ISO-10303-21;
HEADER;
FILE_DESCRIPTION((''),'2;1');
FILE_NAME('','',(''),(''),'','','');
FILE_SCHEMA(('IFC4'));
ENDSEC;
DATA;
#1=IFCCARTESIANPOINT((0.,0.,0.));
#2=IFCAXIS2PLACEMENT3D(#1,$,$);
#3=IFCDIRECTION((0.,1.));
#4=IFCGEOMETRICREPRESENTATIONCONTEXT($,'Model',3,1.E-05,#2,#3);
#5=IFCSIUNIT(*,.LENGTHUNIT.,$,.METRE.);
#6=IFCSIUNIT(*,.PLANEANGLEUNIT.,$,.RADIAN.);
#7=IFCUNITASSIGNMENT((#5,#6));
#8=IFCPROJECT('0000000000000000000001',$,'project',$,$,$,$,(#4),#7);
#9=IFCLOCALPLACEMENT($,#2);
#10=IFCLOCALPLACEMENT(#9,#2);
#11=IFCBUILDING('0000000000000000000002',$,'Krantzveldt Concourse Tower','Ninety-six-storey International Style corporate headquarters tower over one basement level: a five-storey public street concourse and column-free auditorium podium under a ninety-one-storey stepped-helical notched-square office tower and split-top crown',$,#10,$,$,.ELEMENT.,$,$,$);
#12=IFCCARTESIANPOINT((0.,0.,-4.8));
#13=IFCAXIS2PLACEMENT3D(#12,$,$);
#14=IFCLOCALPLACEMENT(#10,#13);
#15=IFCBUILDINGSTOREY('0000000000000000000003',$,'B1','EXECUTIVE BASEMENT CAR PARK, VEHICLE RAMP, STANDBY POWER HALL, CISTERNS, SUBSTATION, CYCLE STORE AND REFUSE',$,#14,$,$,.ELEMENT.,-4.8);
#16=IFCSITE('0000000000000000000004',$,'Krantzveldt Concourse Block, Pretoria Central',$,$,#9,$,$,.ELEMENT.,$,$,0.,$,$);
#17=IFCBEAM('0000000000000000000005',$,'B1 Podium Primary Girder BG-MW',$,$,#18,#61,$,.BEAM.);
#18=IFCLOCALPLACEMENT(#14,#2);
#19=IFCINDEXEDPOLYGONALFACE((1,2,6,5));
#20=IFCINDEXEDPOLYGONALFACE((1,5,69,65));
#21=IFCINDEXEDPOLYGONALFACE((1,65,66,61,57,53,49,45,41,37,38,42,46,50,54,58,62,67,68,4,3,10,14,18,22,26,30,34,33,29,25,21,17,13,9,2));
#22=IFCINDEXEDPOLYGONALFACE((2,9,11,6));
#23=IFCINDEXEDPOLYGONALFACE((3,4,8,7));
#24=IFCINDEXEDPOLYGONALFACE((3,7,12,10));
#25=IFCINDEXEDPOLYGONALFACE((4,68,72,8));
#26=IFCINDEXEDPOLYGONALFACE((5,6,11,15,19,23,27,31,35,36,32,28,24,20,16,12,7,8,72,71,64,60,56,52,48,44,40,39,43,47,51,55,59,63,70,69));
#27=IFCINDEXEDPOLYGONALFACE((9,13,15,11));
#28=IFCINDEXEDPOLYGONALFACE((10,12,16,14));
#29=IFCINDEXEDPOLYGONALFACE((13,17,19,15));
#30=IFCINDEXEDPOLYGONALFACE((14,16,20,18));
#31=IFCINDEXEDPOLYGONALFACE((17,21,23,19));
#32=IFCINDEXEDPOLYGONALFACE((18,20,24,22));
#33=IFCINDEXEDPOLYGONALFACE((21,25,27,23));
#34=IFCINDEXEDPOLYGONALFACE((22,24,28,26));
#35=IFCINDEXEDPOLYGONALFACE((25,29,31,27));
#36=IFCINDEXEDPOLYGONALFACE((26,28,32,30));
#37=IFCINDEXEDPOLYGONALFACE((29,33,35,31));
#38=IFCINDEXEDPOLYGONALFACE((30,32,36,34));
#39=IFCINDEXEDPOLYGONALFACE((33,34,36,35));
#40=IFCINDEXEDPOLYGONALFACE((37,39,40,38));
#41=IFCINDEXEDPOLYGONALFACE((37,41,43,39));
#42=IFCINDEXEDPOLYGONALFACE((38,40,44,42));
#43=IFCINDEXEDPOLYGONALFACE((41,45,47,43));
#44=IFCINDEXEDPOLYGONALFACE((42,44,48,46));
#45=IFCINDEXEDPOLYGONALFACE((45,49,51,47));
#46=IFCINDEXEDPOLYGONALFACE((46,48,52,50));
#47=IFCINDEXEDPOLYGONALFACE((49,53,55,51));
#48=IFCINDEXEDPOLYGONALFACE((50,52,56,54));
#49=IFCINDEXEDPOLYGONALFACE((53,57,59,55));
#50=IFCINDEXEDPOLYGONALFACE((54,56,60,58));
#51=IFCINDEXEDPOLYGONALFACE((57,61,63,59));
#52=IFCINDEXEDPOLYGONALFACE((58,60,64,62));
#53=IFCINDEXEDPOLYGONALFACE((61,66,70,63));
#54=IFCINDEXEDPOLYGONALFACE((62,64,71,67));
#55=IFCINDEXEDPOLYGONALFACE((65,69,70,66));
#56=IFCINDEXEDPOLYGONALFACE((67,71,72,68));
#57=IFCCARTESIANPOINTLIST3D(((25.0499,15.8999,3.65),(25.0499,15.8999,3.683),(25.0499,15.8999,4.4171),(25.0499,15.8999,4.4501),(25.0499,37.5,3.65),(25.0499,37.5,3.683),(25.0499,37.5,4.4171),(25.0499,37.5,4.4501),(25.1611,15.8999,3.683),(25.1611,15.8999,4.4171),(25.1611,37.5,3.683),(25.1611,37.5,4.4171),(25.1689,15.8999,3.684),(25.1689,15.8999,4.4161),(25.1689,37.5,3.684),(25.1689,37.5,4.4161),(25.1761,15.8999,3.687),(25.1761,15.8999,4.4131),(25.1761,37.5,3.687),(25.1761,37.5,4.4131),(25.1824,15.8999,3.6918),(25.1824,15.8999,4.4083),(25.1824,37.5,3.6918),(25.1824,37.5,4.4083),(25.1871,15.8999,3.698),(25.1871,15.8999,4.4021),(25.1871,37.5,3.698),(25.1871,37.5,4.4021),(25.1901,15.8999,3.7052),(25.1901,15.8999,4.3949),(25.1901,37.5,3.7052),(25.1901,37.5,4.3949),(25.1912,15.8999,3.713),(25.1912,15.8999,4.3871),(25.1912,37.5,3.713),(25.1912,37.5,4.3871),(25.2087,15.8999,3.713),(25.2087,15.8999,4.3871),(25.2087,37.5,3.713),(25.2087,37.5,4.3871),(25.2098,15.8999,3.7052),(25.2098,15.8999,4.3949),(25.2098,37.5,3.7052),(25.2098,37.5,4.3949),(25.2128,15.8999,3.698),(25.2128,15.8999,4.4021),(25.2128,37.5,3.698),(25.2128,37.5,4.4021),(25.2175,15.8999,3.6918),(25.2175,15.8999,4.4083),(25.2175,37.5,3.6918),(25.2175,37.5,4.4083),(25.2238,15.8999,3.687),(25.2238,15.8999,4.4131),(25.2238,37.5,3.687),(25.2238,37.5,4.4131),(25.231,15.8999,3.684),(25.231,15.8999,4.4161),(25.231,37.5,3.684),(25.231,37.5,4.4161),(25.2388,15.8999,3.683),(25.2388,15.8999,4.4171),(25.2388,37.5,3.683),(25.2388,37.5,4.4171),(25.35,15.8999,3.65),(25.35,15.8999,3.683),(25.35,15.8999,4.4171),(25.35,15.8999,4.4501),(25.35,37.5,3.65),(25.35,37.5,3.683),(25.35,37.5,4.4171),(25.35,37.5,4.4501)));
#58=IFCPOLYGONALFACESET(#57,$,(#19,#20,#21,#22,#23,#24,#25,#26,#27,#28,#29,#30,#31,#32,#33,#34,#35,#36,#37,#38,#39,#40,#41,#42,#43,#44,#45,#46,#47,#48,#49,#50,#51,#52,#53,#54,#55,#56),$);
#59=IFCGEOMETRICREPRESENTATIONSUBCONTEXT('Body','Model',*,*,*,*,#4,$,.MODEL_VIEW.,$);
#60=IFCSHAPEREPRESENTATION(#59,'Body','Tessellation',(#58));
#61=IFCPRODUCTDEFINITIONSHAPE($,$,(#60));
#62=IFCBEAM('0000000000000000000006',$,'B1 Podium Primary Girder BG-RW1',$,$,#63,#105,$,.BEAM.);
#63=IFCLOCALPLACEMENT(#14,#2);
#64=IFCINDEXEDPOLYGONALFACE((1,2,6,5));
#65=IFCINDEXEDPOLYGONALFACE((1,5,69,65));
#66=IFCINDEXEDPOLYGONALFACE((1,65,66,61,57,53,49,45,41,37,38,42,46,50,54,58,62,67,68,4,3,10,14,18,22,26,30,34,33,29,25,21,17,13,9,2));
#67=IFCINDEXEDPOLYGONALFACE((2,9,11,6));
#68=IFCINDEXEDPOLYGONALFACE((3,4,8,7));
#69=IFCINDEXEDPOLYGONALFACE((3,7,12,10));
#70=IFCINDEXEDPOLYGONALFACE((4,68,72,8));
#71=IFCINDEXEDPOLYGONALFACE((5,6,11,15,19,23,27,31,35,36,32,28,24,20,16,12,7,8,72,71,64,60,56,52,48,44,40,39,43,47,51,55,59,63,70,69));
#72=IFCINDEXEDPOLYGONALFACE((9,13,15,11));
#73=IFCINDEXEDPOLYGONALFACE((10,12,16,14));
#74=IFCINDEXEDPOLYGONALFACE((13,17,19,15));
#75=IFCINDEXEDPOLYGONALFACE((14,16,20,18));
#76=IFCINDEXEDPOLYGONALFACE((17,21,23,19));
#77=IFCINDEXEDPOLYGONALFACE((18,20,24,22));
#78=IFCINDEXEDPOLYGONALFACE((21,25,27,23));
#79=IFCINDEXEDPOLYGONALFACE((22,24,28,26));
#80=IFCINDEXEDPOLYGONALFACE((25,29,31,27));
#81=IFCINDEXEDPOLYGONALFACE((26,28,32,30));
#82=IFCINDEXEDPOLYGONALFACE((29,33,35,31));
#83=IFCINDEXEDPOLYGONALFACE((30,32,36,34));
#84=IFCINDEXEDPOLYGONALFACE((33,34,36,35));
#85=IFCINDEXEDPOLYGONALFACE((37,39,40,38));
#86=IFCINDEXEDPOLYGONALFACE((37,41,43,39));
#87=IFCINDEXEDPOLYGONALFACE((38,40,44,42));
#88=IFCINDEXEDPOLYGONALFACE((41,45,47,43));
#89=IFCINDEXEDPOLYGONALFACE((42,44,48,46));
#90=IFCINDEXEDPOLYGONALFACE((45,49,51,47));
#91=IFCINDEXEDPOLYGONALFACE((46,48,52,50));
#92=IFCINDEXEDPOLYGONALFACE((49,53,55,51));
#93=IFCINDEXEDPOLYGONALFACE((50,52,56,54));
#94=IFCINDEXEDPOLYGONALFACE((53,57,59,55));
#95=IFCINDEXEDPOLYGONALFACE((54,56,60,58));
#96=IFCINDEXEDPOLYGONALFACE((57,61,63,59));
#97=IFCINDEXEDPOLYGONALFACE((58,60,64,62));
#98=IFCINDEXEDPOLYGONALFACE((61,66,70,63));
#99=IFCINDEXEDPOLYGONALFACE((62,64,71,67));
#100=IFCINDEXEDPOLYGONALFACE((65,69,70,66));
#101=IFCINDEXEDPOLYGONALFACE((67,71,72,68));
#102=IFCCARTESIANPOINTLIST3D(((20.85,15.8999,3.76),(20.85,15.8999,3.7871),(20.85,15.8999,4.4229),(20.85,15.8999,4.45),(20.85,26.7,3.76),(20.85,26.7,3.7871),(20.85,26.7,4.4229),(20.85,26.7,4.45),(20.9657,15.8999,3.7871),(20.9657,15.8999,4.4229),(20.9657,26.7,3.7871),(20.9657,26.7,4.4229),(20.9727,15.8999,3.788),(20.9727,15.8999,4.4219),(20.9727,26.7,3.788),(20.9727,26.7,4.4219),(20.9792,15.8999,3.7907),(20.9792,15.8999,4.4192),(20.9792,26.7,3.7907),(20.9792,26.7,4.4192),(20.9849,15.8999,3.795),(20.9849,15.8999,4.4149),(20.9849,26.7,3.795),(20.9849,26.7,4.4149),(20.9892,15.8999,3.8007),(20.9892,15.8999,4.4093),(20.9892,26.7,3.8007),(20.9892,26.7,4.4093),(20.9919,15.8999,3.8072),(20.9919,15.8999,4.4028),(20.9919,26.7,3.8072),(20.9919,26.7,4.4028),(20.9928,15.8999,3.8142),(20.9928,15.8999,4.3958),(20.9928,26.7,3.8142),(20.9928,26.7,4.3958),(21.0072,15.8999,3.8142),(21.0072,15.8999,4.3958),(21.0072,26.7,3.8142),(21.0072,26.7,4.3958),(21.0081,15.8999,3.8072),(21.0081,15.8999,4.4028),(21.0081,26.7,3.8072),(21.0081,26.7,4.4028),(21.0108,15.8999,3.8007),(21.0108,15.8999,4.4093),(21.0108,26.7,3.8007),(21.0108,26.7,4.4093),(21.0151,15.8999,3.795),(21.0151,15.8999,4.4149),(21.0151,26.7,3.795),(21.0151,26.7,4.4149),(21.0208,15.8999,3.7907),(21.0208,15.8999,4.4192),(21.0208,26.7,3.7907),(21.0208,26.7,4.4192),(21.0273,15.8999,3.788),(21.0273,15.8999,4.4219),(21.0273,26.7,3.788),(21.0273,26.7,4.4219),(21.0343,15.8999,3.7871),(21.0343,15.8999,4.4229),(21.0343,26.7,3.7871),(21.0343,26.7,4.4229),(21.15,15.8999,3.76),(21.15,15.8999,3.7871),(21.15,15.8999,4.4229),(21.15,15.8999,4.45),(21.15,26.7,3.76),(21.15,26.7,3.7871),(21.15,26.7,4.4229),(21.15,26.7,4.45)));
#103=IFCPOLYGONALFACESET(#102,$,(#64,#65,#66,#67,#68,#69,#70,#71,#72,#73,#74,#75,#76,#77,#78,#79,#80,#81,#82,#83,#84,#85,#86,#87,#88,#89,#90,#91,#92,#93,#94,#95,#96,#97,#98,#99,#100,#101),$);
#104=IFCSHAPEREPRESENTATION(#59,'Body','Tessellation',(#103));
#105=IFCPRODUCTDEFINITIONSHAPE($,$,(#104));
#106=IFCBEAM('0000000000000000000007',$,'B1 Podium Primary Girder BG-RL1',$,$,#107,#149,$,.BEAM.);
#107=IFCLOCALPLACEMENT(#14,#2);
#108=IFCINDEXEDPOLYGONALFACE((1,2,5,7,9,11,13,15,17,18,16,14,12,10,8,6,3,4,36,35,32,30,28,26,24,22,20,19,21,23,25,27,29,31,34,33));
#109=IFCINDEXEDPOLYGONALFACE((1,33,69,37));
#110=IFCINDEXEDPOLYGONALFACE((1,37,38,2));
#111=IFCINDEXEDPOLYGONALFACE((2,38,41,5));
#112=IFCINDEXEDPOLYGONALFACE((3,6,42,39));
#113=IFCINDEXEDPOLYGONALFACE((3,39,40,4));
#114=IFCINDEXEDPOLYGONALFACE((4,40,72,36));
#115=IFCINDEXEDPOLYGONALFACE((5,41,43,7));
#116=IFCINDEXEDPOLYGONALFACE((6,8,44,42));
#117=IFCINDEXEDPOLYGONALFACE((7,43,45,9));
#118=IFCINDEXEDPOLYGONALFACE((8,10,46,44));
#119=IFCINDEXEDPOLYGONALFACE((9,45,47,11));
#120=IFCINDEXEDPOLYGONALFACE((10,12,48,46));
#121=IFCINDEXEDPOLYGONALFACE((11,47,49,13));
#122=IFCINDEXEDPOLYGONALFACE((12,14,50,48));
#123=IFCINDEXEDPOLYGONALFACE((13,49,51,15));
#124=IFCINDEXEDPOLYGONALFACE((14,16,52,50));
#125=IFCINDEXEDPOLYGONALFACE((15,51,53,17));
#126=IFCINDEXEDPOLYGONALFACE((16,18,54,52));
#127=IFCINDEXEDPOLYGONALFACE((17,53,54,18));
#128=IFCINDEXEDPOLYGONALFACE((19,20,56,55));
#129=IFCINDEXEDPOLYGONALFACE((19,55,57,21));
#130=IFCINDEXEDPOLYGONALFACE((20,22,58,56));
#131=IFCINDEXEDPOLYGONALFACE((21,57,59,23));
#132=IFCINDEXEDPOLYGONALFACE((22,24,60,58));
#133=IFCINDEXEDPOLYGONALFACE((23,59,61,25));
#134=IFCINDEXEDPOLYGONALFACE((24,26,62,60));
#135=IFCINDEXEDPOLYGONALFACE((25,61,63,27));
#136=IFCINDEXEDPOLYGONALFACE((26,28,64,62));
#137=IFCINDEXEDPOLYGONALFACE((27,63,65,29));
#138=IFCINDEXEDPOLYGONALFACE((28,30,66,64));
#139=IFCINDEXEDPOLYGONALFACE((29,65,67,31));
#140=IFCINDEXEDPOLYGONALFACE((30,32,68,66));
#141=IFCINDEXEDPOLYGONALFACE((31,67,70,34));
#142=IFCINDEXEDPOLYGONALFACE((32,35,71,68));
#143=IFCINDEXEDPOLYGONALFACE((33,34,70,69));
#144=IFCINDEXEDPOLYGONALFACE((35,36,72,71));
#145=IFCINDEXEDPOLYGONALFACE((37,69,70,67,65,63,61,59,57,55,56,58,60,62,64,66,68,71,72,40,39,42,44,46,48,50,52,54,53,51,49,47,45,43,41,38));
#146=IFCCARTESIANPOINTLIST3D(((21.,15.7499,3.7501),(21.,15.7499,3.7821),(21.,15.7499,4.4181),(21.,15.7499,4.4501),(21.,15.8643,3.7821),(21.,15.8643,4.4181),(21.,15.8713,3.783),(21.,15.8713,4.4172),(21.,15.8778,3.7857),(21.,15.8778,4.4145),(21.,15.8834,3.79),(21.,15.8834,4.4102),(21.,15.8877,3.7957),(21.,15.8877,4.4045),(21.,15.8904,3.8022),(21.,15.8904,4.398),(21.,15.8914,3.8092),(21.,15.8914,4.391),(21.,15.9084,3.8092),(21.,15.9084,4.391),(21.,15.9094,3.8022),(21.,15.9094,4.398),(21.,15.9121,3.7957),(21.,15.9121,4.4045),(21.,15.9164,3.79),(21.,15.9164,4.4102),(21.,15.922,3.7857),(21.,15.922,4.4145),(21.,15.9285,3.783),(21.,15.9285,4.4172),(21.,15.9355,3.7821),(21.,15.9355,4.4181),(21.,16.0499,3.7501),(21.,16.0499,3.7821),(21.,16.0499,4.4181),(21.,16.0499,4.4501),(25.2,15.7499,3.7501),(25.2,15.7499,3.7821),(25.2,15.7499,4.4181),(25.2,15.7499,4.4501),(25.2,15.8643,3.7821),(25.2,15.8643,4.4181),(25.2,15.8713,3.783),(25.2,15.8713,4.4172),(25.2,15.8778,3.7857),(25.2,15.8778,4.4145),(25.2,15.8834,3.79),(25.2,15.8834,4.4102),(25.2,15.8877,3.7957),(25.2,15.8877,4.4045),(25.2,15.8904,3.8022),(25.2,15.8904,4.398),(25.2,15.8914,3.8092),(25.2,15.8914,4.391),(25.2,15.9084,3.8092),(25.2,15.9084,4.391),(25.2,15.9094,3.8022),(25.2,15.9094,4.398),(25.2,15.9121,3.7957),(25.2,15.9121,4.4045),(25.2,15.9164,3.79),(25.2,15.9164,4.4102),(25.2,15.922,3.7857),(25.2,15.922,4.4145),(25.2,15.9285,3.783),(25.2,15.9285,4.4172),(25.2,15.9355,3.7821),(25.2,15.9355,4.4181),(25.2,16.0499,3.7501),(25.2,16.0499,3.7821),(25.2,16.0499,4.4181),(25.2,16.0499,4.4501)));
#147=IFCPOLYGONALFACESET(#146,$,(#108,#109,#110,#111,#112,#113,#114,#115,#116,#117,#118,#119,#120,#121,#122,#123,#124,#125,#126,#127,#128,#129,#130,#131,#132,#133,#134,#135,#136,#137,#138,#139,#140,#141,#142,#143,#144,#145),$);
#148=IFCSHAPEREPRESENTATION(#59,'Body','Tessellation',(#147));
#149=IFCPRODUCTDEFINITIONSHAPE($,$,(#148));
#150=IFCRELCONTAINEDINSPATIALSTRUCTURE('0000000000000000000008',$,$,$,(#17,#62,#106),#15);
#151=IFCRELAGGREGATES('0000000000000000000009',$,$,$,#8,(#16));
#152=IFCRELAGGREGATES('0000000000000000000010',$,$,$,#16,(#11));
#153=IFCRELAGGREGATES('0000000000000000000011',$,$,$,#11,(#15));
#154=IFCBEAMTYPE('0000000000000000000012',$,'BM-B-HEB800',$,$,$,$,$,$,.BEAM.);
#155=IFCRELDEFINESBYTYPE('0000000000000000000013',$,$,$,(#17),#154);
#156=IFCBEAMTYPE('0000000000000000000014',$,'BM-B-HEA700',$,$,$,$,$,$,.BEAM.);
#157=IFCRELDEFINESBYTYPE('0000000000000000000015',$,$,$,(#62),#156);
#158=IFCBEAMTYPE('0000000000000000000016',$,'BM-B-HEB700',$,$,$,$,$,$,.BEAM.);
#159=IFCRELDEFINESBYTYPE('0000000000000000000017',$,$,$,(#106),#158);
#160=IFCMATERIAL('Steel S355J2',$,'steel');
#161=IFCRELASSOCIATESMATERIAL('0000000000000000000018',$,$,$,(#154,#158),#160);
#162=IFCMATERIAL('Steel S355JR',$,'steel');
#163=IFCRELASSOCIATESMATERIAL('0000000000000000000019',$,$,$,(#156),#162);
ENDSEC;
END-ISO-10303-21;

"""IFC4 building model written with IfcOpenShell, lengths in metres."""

from ifc_helpers import new_model, si_unit, direction, frame, origin, origin_2d, place, context, subcontext, project, spatial, i_section, extrude, source, transform, mapped, material, material_profile, profile_set, type_object, type_shapes, element, save


model = new_model("IFC4")

# Units and contexts
model_context = context("Model", 3, precision=1e-05, world=origin(), true_north=direction((0.0, 1.0)))
body_context = subcontext(model_context, "Body", "Model", "MODEL_VIEW")
ifc_project = project(units=[si_unit("LENGTHUNIT", "METRE"), si_unit("PLANEANGLEUNIT", "RADIAN")], contexts=[model_context])

# Site, building, storey
site_placement = place(None, origin())
site = spatial("IfcSite", under=ifc_project, at=site_placement, Name="Krantzveldt Concourse Block, Pretoria Central", CompositionType="ELEMENT", RefElevation=0.0)
building_placement = place(site_placement, origin())
building = spatial("IfcBuilding", under=site, at=building_placement, Name="Krantzveldt Concourse Tower", Description="Ninety-six-storey International Style corporate headquarters tower over one basement level: a five-storey public street concourse and column-free auditorium podium under a ninety-one-storey stepped-helical notched-square office tower and split-top crown", CompositionType="ELEMENT")
storey_placement = place(building_placement, frame((0.0, 0.0, -4.8)))
storey = spatial("IfcBuildingStorey", under=building, at=storey_placement, Name="B1", Description="EXECUTIVE BASEMENT CAR PARK, VEHICLE RAMP, STANDBY POWER HALL, CISTERNS, SUBSTATION, CYCLE STORE AND REFUSE", CompositionType="ELEMENT", Elevation=-4.8)

# Beams
ifc_material_1 = material(Name="Steel S355J2", Category="steel")
ifc_material_profile_1 = material_profile(ifc_material_1, i_section(OverallWidth=0.3, OverallDepth=0.8, WebThickness=0.0176, FlangeThickness=0.033, FilletRadius=0.03, at=origin_2d()), Name="Steel S355J2", Category="steel")
ifc_profile_set_1 = profile_set([ifc_material_profile_1], Name="Steel S355J2 - HEB 800")
beam_type_1 = type_object("IfcBeamType", Name="BM-B-HEB800", PredefinedType="BEAM", material=ifc_profile_set_1)
shared_shape_1 = source(origin(), body_context, "Body", "SweptSolid", [
    extrude(i_section(OverallWidth=0.3, OverallDepth=0.8, WebThickness=0.0176, FlangeThickness=0.033, FilletRadius=0.03, at=origin_2d()), origin(), (0.0, 0.0, 1.0), 21.6001),
])
type_shapes(beam_type_1, [shared_shape_1])
beam_1_placement = place(storey_placement, frame((25.2, 15.8999, 4.05), z_axis=(0.0, 1.0, 0.0), x_axis=(-1.0, 0.0, 0.0)))
element("IfcBeam", 1, at=beam_1_placement, inside=storey, type_object=beam_type_1, Name="B1 Podium Primary Girder BG-MW", PredefinedType="BEAM", context=body_context, shape_type="MappedRepresentation", body=[
    mapped(shared_shape_1, transform((0.0, 0.0, 0.0), x_axis=(1.0, 0.0, 0.0), y_axis=(0.0, 1.0, 0.0), z_axis=(0.0, 0.0, 1.0), scale=1.0)),
])
ifc_material_2 = material(Name="Steel S355JR", Category="steel")
ifc_material_profile_2 = material_profile(ifc_material_2, i_section(OverallWidth=0.3, OverallDepth=0.6899, WebThickness=0.0144, FlangeThickness=0.0271, FilletRadius=0.0271, at=origin_2d()), Name="Steel S355JR", Category="steel")
ifc_profile_set_2 = profile_set([ifc_material_profile_2], Name="Steel S355JR - HEA 700")
beam_type_2 = type_object("IfcBeamType", Name="BM-B-HEA700", PredefinedType="BEAM", material=ifc_profile_set_2)
shared_shape_2 = source(origin(), body_context, "Body", "SweptSolid", [
    extrude(i_section(OverallWidth=0.3, OverallDepth=0.6899, WebThickness=0.0144, FlangeThickness=0.0271, FilletRadius=0.0271, at=origin_2d()), origin(), (0.0, 0.0, 1.0), 10.8),
])
type_shapes(beam_type_2, [shared_shape_2])
beam_2_placement = place(storey_placement, frame((21.0, 15.8999, 4.105), z_axis=(0.0, 1.0, 0.0), x_axis=(-1.0, 0.0, 0.0)))
element("IfcBeam", 2, at=beam_2_placement, inside=storey, type_object=beam_type_2, Name="B1 Podium Primary Girder BG-RW1", PredefinedType="BEAM", context=body_context, shape_type="MappedRepresentation", body=[
    mapped(shared_shape_2, transform((0.0, 0.0, 0.0), x_axis=(1.0, 0.0, 0.0), y_axis=(0.0, 1.0, 0.0), z_axis=(0.0, 0.0, 1.0), scale=1.0)),
])
ifc_material_profile_3 = material_profile(ifc_material_1, i_section(OverallWidth=0.3, OverallDepth=0.7, WebThickness=0.0171, FlangeThickness=0.032, FilletRadius=0.0271, at=origin_2d()), Name="Steel S355J2", Category="steel")
ifc_profile_set_3 = profile_set([ifc_material_profile_3], Name="Steel S355J2 - HEB 700")
beam_type_3 = type_object("IfcBeamType", Name="BM-B-HEB700", PredefinedType="BEAM", material=ifc_profile_set_3)
shared_shape_3 = source(origin(), body_context, "Body", "SweptSolid", [
    extrude(i_section(OverallWidth=0.3, OverallDepth=0.7, WebThickness=0.0171, FlangeThickness=0.032, FilletRadius=0.0271, at=origin_2d()), origin(), (0.0, 0.0, 1.0), 4.2),
])
beam_3_placement = place(storey_placement, frame((21.0, 15.8999, 4.1001), z_axis=(1.0, 0.0, 0.0), x_axis=(0.0, 1.0, 0.0)))
element("IfcBeam", 3, at=beam_3_placement, inside=storey, type_object=beam_type_3, Name="B1 Podium Primary Girder BG-RL1", PredefinedType="BEAM", context=body_context, shape_type="MappedRepresentation", body=[
    mapped(shared_shape_3, transform((0.0, 0.0, 0.0), x_axis=(1.0, 0.0, 0.0), y_axis=(0.0, 1.0, 0.0), z_axis=(0.0, 0.0, 1.0), scale=1.0)),
])

save(model, "model.ifc")
